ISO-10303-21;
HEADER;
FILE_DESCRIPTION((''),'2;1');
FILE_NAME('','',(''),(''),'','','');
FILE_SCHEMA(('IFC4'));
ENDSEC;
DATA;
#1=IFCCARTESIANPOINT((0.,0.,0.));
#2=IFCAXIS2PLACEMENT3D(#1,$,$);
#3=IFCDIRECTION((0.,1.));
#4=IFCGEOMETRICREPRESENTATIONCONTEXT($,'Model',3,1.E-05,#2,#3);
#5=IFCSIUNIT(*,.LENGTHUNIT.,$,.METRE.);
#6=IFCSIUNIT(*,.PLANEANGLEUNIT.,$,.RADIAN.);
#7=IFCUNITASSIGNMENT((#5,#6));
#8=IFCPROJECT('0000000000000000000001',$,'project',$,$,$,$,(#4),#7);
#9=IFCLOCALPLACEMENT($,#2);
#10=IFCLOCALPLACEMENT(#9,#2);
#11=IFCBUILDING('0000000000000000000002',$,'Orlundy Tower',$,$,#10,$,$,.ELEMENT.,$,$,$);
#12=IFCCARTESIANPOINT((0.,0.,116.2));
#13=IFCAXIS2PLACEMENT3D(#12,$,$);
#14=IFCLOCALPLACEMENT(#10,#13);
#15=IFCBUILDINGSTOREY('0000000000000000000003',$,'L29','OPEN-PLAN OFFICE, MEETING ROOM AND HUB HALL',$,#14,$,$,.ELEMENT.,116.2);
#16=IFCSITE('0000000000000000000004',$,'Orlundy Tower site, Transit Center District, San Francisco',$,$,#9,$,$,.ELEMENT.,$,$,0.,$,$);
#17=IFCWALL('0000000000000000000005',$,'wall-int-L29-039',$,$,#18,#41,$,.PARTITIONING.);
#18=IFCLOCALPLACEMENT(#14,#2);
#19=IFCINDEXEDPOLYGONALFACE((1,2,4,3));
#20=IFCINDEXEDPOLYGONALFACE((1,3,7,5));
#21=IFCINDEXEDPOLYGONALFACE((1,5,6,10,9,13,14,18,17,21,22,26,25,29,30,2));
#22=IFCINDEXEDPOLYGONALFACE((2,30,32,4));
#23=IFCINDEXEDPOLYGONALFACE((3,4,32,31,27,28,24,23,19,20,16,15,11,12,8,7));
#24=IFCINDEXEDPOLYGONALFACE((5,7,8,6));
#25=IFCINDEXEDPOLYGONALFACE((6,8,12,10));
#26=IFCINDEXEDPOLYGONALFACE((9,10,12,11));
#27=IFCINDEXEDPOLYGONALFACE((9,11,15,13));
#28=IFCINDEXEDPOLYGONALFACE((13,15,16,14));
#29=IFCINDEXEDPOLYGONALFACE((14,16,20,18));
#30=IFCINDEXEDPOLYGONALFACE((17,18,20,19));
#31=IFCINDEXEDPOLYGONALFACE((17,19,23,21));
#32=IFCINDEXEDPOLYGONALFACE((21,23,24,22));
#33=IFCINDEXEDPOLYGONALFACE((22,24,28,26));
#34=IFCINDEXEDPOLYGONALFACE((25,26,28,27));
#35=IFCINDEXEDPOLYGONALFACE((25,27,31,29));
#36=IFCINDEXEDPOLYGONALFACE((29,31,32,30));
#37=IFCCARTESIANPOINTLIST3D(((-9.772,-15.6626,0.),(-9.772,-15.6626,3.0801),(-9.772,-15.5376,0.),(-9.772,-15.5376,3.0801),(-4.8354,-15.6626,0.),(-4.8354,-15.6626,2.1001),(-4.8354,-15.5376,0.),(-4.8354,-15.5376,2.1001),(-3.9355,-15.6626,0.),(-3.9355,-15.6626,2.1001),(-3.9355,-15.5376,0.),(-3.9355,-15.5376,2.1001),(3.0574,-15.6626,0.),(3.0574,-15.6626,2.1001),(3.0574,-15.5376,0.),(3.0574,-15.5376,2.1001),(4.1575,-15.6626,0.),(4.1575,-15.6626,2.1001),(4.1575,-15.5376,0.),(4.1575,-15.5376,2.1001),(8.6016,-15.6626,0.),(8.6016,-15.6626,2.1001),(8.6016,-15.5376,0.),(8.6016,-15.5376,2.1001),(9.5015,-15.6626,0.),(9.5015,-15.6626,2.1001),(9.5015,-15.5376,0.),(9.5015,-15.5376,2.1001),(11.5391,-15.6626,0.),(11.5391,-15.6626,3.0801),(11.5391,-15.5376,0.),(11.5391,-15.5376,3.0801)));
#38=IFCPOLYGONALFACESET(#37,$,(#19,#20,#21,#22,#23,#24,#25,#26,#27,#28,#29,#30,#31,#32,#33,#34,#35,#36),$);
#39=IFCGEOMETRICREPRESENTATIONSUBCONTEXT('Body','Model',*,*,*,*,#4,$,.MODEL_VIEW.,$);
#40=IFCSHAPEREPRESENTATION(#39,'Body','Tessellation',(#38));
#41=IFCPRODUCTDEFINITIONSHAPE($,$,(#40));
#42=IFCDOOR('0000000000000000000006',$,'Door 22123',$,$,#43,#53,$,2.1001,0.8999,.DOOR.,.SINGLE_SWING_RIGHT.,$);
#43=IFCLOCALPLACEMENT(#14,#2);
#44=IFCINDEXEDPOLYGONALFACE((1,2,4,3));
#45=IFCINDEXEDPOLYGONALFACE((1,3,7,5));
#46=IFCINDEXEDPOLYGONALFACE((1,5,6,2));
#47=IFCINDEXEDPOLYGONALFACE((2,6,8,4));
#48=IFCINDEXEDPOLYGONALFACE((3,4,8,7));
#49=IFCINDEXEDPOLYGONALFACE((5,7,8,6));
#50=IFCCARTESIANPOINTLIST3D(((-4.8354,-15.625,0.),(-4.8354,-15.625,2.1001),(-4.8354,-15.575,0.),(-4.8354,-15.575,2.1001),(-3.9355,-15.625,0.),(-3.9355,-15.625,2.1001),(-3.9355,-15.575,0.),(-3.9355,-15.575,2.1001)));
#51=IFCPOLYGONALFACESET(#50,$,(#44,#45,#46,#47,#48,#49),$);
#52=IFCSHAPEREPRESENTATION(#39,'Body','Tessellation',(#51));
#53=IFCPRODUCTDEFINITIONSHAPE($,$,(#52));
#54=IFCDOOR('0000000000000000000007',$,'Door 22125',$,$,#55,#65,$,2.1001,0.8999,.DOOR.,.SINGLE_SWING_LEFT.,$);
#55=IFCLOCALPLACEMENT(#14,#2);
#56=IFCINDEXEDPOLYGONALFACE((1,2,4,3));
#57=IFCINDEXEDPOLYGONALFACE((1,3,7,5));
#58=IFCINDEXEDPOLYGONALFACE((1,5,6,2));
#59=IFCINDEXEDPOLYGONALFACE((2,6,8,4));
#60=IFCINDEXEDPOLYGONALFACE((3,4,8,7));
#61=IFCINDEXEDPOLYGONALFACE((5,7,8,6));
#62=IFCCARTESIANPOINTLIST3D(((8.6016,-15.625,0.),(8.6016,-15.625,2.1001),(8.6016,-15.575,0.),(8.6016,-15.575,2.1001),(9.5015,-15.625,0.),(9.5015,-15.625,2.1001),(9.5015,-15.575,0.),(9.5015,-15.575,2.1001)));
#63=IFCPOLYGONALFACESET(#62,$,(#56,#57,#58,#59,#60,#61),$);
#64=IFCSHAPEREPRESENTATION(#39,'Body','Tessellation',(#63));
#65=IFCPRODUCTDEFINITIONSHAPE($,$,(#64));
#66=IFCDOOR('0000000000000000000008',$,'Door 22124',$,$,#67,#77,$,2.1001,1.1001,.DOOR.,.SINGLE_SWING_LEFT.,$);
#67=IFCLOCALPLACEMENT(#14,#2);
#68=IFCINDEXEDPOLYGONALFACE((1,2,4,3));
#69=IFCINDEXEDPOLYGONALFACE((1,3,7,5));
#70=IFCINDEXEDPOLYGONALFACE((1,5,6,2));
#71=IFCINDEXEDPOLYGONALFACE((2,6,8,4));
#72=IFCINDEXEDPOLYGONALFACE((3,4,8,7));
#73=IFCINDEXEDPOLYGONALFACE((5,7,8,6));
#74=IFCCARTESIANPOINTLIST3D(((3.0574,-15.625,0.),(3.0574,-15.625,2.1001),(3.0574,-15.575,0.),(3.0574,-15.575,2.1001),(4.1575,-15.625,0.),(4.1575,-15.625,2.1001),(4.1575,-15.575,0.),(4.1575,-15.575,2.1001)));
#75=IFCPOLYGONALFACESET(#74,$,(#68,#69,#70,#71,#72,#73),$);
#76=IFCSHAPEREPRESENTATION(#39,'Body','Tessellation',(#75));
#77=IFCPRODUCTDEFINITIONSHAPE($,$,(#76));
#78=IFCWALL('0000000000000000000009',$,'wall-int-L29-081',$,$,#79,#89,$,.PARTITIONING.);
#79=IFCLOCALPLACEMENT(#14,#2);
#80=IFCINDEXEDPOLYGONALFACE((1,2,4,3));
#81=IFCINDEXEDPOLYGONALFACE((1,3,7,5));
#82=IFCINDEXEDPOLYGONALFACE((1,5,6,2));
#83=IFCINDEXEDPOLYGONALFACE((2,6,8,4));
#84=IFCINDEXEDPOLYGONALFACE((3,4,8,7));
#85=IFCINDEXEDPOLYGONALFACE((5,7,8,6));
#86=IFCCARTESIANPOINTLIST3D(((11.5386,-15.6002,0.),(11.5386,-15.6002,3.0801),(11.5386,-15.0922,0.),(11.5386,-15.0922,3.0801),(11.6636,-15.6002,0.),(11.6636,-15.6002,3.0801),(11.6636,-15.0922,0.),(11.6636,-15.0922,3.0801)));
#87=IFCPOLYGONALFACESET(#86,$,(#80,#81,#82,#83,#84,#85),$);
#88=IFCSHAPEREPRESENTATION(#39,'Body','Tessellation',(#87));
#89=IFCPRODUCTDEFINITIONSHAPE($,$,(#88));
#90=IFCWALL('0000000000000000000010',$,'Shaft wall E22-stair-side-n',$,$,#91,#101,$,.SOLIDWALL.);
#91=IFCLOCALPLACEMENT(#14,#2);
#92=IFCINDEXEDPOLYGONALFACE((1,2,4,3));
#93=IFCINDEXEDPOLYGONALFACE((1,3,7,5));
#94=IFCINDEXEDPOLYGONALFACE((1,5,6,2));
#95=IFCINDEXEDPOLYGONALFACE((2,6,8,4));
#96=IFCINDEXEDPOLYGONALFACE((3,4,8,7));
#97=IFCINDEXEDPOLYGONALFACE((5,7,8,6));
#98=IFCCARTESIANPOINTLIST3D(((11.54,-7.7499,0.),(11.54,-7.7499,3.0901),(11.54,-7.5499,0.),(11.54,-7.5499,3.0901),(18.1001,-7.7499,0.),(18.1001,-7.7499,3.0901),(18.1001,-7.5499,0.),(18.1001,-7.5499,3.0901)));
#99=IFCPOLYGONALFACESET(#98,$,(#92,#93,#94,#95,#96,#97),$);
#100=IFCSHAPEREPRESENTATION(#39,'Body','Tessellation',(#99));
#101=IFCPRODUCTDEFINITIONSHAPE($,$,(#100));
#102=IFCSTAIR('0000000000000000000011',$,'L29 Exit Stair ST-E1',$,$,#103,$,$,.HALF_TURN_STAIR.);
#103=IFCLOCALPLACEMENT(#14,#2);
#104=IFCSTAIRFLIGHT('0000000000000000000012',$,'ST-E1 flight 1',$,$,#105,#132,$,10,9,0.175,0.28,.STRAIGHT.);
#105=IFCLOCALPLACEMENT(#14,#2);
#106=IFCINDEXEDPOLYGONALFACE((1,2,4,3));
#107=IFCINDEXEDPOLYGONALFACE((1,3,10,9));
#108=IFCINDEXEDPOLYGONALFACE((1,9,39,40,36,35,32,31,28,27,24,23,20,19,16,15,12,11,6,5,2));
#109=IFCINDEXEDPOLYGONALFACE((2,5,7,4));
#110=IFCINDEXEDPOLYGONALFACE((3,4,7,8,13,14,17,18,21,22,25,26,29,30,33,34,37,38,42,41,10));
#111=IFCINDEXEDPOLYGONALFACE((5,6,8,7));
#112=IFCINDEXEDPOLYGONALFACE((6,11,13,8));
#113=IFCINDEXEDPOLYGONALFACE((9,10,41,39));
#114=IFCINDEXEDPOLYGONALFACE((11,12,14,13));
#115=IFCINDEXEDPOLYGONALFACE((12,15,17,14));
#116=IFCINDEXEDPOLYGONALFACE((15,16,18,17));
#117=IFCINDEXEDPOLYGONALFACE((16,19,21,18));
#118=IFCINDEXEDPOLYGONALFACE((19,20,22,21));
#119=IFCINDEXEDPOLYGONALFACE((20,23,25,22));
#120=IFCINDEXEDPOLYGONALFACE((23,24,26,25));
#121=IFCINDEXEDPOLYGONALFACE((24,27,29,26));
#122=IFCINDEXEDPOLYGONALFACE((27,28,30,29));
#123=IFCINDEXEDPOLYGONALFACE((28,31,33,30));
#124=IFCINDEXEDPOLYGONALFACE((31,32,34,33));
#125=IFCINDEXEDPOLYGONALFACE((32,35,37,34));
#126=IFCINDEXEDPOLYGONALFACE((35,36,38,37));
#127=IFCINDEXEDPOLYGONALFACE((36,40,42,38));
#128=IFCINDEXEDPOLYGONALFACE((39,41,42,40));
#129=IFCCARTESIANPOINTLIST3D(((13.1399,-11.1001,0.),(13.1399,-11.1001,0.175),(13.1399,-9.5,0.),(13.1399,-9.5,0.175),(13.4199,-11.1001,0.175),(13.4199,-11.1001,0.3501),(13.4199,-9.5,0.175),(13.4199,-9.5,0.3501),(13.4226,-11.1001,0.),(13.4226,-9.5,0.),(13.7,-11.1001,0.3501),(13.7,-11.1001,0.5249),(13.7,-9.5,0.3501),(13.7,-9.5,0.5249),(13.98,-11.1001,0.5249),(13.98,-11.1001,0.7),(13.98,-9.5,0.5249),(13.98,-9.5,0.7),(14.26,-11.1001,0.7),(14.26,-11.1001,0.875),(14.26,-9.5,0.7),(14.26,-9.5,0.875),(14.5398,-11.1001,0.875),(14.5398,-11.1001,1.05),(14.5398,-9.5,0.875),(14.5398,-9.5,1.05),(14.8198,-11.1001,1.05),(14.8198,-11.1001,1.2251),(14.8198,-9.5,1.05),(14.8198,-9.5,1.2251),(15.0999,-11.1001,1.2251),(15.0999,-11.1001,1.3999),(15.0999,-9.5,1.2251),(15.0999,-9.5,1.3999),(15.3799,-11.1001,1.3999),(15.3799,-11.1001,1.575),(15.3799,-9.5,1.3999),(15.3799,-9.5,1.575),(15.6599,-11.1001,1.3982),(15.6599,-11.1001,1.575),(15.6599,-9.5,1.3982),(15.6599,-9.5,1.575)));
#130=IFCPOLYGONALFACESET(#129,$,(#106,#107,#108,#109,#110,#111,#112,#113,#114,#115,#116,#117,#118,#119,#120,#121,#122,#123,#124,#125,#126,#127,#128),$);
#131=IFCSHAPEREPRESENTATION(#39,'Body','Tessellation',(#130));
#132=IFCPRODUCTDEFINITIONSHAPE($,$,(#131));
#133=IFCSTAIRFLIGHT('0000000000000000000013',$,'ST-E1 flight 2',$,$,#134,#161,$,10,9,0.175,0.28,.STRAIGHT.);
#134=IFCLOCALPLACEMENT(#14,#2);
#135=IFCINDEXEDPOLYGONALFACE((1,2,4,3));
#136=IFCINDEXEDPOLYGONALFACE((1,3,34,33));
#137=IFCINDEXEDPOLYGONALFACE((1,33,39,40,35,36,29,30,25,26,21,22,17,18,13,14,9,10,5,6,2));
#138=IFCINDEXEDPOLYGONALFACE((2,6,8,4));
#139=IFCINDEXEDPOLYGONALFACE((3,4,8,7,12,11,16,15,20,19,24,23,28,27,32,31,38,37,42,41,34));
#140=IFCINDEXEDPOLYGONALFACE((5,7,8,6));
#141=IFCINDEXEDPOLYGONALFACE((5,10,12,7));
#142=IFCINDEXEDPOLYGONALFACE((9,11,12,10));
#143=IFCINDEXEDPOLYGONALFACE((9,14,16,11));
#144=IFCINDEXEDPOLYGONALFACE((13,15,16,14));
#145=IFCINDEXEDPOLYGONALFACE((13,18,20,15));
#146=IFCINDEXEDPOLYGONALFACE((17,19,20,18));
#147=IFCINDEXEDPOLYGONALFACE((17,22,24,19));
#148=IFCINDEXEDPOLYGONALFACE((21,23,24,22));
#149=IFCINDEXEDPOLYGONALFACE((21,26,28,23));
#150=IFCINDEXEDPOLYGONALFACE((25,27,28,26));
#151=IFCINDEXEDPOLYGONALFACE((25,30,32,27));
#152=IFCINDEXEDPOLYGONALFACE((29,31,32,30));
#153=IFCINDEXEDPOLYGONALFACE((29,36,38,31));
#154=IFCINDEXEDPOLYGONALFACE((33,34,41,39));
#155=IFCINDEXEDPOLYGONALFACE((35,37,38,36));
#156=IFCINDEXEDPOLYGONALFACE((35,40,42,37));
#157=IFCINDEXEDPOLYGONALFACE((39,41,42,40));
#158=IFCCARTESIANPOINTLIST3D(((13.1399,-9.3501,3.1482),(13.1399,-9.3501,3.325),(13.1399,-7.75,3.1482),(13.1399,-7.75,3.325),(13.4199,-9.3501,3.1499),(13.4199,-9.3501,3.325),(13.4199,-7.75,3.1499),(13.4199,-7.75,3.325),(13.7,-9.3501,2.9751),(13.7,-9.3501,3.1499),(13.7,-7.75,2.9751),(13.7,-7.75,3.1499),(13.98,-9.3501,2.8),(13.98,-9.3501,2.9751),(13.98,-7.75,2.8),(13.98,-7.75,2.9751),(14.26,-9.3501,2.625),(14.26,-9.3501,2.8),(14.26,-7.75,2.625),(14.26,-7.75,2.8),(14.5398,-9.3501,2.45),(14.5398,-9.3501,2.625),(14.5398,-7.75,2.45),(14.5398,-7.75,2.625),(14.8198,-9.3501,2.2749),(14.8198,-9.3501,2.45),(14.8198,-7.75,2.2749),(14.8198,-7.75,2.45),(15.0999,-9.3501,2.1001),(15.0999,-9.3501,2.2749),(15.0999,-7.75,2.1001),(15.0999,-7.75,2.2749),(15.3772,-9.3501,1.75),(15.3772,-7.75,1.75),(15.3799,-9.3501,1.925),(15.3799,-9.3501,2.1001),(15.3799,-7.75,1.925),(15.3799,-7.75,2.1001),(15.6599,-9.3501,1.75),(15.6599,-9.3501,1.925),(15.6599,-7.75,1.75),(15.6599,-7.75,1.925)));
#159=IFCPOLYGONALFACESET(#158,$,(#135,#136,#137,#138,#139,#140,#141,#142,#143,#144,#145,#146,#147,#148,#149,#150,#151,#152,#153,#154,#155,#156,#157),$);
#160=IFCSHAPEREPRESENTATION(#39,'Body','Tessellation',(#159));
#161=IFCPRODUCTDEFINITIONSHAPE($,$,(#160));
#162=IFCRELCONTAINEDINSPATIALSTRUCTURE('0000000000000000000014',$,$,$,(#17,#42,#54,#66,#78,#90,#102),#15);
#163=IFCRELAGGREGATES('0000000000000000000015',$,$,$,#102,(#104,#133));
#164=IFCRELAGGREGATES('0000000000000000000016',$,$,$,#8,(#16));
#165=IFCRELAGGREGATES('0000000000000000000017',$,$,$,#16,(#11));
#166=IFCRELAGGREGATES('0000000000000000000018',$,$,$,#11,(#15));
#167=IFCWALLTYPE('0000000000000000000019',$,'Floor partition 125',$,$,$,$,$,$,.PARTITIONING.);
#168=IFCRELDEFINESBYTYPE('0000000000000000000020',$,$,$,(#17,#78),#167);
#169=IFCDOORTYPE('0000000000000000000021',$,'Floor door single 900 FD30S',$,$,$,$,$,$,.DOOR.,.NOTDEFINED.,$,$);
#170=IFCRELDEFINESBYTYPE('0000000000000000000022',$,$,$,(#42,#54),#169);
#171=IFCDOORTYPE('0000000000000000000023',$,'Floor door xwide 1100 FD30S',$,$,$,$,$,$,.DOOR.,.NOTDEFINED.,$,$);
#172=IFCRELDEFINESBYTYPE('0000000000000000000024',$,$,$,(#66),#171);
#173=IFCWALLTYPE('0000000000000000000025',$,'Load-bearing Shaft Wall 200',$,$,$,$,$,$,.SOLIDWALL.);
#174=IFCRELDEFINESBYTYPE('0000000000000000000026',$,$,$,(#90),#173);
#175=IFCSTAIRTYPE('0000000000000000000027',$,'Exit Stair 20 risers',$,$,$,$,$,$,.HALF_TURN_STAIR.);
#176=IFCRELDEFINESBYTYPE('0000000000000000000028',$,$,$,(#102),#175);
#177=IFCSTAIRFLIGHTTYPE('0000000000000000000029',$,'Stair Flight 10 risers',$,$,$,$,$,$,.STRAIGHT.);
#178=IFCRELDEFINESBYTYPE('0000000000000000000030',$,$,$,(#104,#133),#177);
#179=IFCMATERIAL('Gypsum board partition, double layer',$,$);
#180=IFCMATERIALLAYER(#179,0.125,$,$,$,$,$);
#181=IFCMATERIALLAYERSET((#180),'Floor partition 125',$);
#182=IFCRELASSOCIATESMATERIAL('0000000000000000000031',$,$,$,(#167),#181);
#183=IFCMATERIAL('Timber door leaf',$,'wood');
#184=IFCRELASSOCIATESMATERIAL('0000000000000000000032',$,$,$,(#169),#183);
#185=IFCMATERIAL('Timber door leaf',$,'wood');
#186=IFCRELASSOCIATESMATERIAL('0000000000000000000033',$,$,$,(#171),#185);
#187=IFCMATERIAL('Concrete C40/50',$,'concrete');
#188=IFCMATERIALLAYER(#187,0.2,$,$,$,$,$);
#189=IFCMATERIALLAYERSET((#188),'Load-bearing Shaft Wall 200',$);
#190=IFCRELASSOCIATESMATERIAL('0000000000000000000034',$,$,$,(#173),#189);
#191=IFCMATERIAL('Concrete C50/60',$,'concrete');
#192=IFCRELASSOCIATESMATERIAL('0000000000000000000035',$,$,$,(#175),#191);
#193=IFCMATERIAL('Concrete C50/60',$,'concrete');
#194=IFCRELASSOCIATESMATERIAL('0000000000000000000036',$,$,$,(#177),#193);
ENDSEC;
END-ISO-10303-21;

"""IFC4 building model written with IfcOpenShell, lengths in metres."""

from ifc_helpers import new_model, si_unit, direction, frame, frame_2d, origin, place, context, subcontext, project, spatial, polyline, rectangle, outline, extrude, material, layer, layer_set, type_object, element, fill, aggregate, save


model = new_model("IFC4")

# Units and contexts
model_context = context("Model", 3, precision=1e-05, world=origin(), true_north=direction((0.0, 1.0)))
body_context = subcontext(model_context, "Body", "Model", "MODEL_VIEW")
ifc_project = project(units=[si_unit("LENGTHUNIT", "METRE"), si_unit("PLANEANGLEUNIT", "RADIAN")], contexts=[model_context])

# Site, building, storey
site_placement = place(None, origin())
site = spatial("IfcSite", under=ifc_project, at=site_placement, Name="Orlundy Tower site, Transit Center District, San Francisco", CompositionType="ELEMENT", RefElevation=0.0)
building_placement = place(site_placement, origin())
building = spatial("IfcBuilding", under=site, at=building_placement, Name="Orlundy Tower", CompositionType="ELEMENT")
storey_placement = place(building_placement, frame((0.0, 0.0, 116.2)))
storey = spatial("IfcBuildingStorey", under=building, at=storey_placement, Name="L29", Description="OPEN-PLAN OFFICE, MEETING ROOM AND HUB HALL", CompositionType="ELEMENT", Elevation=116.2)

# Shared definitions
ifc_material_1 = material(Name="Gypsum board partition, double layer")
ifc_layer_1 = layer(ifc_material_1, 0.125)
ifc_layer_set_1 = layer_set([ifc_layer_1], Name="Floor partition 125")
wall_type_1 = type_object("IfcWallType", Name="Floor partition 125", PredefinedType="PARTITIONING", material=ifc_layer_set_1)

# Wall, openings, doors
wall_1_placement = place(storey_placement, frame((11.5391, -15.6001, 0.0), z_axis=(0.0, 0.0, 1.0), x_axis=(-1.0, 0.0, 0.0)))
wall_1 = element("IfcWall", 1, at=wall_1_placement, inside=storey, type_object=wall_type_1, Name="wall-int-L29-039", PredefinedType="PARTITIONING", context=body_context, shape_type="SweptSolid", body=[
    extrude(rectangle(XDim=21.311, YDim=0.125, at=frame_2d((10.6555, 0.0))), origin(), (0.0, 0.0, 1.0), 3.0801),
])
opening_1_placement = place(wall_1_placement, frame((15.4746, 0.0, 0.0)))
opening_1 = element("IfcOpeningElement", 2, at=opening_1_placement, cuts=wall_1, PredefinedType="OPENING", context=body_context, shape_type="SweptSolid", body=[
    extrude(rectangle(XDim=0.8999, YDim=2.1001, at=frame_2d((0.45, 1.05))), frame((0.0, 0.0725, 0.0), z_axis=(0.0, -1.0, 0.0), x_axis=(1.0, 0.0, 0.0)), (0.0, 0.0, 1.0), 0.145),
])
opening_2_placement = place(wall_1_placement, frame((7.3816, 0.0, 0.0)))
opening_2 = element("IfcOpeningElement", 3, at=opening_2_placement, cuts=wall_1, PredefinedType="OPENING", context=body_context, shape_type="SweptSolid", body=[
    extrude(rectangle(XDim=1.1001, YDim=2.1001, at=frame_2d((0.55, 1.05))), frame((0.0, 0.0725, 0.0), z_axis=(0.0, -1.0, 0.0), x_axis=(1.0, 0.0, 0.0)), (0.0, 0.0, 1.0), 0.145),
])
opening_3_placement = place(wall_1_placement, frame((2.0376, 0.0, 0.0)))
opening_3 = element("IfcOpeningElement", 4, at=opening_3_placement, cuts=wall_1, PredefinedType="OPENING", context=body_context, shape_type="SweptSolid", body=[
    extrude(rectangle(XDim=0.8999, YDim=2.1001, at=frame_2d((0.45, 1.05))), frame((0.0, 0.0725, 0.0), z_axis=(0.0, -1.0, 0.0), x_axis=(1.0, 0.0, 0.0)), (0.0, 0.0, 1.0), 0.145),
])
ifc_material_2 = material(Name="Timber door leaf", Category="wood")
door_type_1 = type_object("IfcDoorType", Name="Floor door single 900 FD30S", OperationType="NOTDEFINED", PredefinedType="DOOR", material=ifc_material_2)
door_1_placement = place(opening_1_placement, origin())
door_1 = element("IfcDoor", 5, at=door_1_placement, inside=storey, type_object=door_type_1, Name="Door 22123", OperationType="SINGLE_SWING_RIGHT", OverallHeight=2.1001, OverallWidth=0.8999, PredefinedType="DOOR", context=body_context, shape_type="SweptSolid", body=[
    extrude(rectangle(XDim=0.8999, YDim=2.1001, at=frame_2d((0.45, 1.05))), frame((0.0, 0.0249, 0.0), z_axis=(0.0, -1.0, 0.0), x_axis=(1.0, 0.0, 0.0)), (0.0, 0.0, 1.0), 0.05),
])
fill(opening_1, door_1)
door_2_placement = place(opening_3_placement, origin())
door_2 = element("IfcDoor", 6, at=door_2_placement, inside=storey, type_object=door_type_1, Name="Door 22125", OperationType="SINGLE_SWING_LEFT", OverallHeight=2.1001, OverallWidth=0.8999, PredefinedType="DOOR", context=body_context, shape_type="SweptSolid", body=[
    extrude(rectangle(XDim=0.8999, YDim=2.1001, at=frame_2d((0.45, 1.05))), frame((0.0, 0.0249, 0.0), z_axis=(0.0, -1.0, 0.0), x_axis=(1.0, 0.0, 0.0)), (0.0, 0.0, 1.0), 0.05),
])
fill(opening_3, door_2)
ifc_material_3 = material(Name="Timber door leaf", Category="wood")
door_type_2 = type_object("IfcDoorType", Name="Floor door xwide 1100 FD30S", OperationType="NOTDEFINED", PredefinedType="DOOR", material=ifc_material_3)
door_3_placement = place(opening_2_placement, origin())
door_3 = element("IfcDoor", 7, at=door_3_placement, inside=storey, type_object=door_type_2, Name="Door 22124", OperationType="SINGLE_SWING_LEFT", OverallHeight=2.1001, OverallWidth=1.1001, PredefinedType="DOOR", context=body_context, shape_type="SweptSolid", body=[
    extrude(rectangle(XDim=1.1001, YDim=2.1001, at=frame_2d((0.55, 1.05))), frame((0.0, 0.0249, 0.0), z_axis=(0.0, -1.0, 0.0), x_axis=(1.0, 0.0, 0.0)), (0.0, 0.0, 1.0), 0.05),
])
fill(opening_2, door_3)

# Walls
wall_2_placement = place(storey_placement, frame((11.6011, -15.6001, 0.0), z_axis=(0.0, 0.0, 1.0), x_axis=(0.0, 1.0, 0.0)))
element("IfcWall", 8, at=wall_2_placement, inside=storey, type_object=wall_type_1, Name="wall-int-L29-081", PredefinedType="PARTITIONING", context=body_context, shape_type="SweptSolid", body=[
    extrude(rectangle(XDim=0.5081, YDim=0.125, at=frame_2d((0.2539, 0.0))), origin(), (0.0, 0.0, 1.0), 3.0801),
])
ifc_material_4 = material(Name="Concrete C40/50", Category="concrete")
ifc_layer_2 = layer(ifc_material_4, 0.2)
ifc_layer_set_2 = layer_set([ifc_layer_2], Name="Load-bearing Shaft Wall 200")
wall_type_2 = type_object("IfcWallType", Name="Load-bearing Shaft Wall 200", PredefinedType="SOLIDWALL", material=ifc_layer_set_2)
wall_3_placement = place(storey_placement, frame((11.54, -7.6499, 0.0), z_axis=(0.0, 0.0, 1.0), x_axis=(1.0, 0.0, 0.0)))
element("IfcWall", 9, at=wall_3_placement, inside=storey, type_object=wall_type_2, Name="Shaft wall E22-stair-side-n", PredefinedType="SOLIDWALL", context=body_context, shape_type="SweptSolid", body=[
    extrude(rectangle(XDim=6.5601, YDim=0.2, at=frame_2d((3.28, 0.0))), origin(), (0.0, 0.0, 1.0), 3.0901),
])

# Stair, stair flights
ifc_material_5 = material(Name="Concrete C50/60", Category="concrete")
stair_type = type_object("IfcStairType", Name="Exit Stair 20 risers", PredefinedType="HALF_TURN_STAIR", material=ifc_material_5)
stair_placement = place(storey_placement, origin())
stair = element("IfcStair", 10, at=stair_placement, inside=storey, type_object=stair_type, Name="L29 Exit Stair ST-E1", PredefinedType="HALF_TURN_STAIR")
ifc_material_6 = material(Name="Concrete C50/60", Category="concrete")
stair_flight_type = type_object("IfcStairFlightType", Name="Stair Flight 10 risers", PredefinedType="STRAIGHT", material=ifc_material_6)
stair_flight_1_placement = place(storey_placement, frame((13.1399, -10.3, 0.0), z_axis=(0.0, 0.0, 1.0), x_axis=(1.0, 0.0, 0.0)))
stair_flight_1 = element("IfcStairFlight", 11, at=stair_flight_1_placement, type_object=stair_flight_type, Name="ST-E1 flight 1", NumberOfRisers=10, NumberOfTreads=9, PredefinedType="STRAIGHT", RiserHeight=0.175, TreadLength=0.28, context=body_context, shape_type="SweptSolid", body=[
    extrude(outline(polyline([(0.0, 0.0), (0.0, 0.175), (0.28, 0.175), (0.28, 0.3501), (0.5601, 0.3501), (0.5601, 0.5249), (0.8401, 0.5249), (0.8401, 0.7), (1.1201, 0.7), (1.1201, 0.875), (1.3999, 0.875), (1.3999, 1.05), (1.6799, 1.05), (1.6799, 1.2251), (1.96, 1.2251), (1.96, 1.3999), (2.24, 1.3999), (2.24, 1.575), (2.52, 1.575), (2.52, 1.75), (2.52, 1.3982), (0.2827, 0.0), (0.0, 0.0)])), frame((0.0, 0.8, 0.0), z_axis=(0.0, -1.0, 0.0), x_axis=(1.0, 0.0, 0.0)), (0.0, 0.0, 1.0), 1.6001),
])
stair_flight_2_placement = place(storey_placement, frame((15.6599, -8.55, 1.75), z_axis=(0.0, 0.0, 1.0), x_axis=(-1.0, 0.0, 0.0)))
stair_flight_2 = element("IfcStairFlight", 12, at=stair_flight_2_placement, type_object=stair_flight_type, Name="ST-E1 flight 2", NumberOfRisers=10, NumberOfTreads=9, PredefinedType="STRAIGHT", RiserHeight=0.175, TreadLength=0.28, context=body_context, shape_type="SweptSolid", body=[
    extrude(outline(polyline([(0.0, 0.0), (0.0, 0.175), (0.28, 0.175), (0.28, 0.3501), (0.5601, 0.3501), (0.5601, 0.5249), (0.8401, 0.5249), (0.8401, 0.7), (1.1201, 0.7), (1.1201, 0.875), (1.3999, 0.875), (1.3999, 1.05), (1.6799, 1.05), (1.6799, 1.2251), (1.96, 1.2251), (1.96, 1.3999), (2.24, 1.3999), (2.24, 1.575), (2.52, 1.575), (2.52, 1.75), (2.52, 1.3982), (0.2827, 0.0), (0.0, 0.0)])), frame((0.0, 0.8, 0.0), z_axis=(0.0, -1.0, 0.0), x_axis=(1.0, 0.0, 0.0)), (0.0, 0.0, 1.0), 1.6001),
])
aggregate(stair, [stair_flight_1, stair_flight_2])

save(model, "model.ifc")
